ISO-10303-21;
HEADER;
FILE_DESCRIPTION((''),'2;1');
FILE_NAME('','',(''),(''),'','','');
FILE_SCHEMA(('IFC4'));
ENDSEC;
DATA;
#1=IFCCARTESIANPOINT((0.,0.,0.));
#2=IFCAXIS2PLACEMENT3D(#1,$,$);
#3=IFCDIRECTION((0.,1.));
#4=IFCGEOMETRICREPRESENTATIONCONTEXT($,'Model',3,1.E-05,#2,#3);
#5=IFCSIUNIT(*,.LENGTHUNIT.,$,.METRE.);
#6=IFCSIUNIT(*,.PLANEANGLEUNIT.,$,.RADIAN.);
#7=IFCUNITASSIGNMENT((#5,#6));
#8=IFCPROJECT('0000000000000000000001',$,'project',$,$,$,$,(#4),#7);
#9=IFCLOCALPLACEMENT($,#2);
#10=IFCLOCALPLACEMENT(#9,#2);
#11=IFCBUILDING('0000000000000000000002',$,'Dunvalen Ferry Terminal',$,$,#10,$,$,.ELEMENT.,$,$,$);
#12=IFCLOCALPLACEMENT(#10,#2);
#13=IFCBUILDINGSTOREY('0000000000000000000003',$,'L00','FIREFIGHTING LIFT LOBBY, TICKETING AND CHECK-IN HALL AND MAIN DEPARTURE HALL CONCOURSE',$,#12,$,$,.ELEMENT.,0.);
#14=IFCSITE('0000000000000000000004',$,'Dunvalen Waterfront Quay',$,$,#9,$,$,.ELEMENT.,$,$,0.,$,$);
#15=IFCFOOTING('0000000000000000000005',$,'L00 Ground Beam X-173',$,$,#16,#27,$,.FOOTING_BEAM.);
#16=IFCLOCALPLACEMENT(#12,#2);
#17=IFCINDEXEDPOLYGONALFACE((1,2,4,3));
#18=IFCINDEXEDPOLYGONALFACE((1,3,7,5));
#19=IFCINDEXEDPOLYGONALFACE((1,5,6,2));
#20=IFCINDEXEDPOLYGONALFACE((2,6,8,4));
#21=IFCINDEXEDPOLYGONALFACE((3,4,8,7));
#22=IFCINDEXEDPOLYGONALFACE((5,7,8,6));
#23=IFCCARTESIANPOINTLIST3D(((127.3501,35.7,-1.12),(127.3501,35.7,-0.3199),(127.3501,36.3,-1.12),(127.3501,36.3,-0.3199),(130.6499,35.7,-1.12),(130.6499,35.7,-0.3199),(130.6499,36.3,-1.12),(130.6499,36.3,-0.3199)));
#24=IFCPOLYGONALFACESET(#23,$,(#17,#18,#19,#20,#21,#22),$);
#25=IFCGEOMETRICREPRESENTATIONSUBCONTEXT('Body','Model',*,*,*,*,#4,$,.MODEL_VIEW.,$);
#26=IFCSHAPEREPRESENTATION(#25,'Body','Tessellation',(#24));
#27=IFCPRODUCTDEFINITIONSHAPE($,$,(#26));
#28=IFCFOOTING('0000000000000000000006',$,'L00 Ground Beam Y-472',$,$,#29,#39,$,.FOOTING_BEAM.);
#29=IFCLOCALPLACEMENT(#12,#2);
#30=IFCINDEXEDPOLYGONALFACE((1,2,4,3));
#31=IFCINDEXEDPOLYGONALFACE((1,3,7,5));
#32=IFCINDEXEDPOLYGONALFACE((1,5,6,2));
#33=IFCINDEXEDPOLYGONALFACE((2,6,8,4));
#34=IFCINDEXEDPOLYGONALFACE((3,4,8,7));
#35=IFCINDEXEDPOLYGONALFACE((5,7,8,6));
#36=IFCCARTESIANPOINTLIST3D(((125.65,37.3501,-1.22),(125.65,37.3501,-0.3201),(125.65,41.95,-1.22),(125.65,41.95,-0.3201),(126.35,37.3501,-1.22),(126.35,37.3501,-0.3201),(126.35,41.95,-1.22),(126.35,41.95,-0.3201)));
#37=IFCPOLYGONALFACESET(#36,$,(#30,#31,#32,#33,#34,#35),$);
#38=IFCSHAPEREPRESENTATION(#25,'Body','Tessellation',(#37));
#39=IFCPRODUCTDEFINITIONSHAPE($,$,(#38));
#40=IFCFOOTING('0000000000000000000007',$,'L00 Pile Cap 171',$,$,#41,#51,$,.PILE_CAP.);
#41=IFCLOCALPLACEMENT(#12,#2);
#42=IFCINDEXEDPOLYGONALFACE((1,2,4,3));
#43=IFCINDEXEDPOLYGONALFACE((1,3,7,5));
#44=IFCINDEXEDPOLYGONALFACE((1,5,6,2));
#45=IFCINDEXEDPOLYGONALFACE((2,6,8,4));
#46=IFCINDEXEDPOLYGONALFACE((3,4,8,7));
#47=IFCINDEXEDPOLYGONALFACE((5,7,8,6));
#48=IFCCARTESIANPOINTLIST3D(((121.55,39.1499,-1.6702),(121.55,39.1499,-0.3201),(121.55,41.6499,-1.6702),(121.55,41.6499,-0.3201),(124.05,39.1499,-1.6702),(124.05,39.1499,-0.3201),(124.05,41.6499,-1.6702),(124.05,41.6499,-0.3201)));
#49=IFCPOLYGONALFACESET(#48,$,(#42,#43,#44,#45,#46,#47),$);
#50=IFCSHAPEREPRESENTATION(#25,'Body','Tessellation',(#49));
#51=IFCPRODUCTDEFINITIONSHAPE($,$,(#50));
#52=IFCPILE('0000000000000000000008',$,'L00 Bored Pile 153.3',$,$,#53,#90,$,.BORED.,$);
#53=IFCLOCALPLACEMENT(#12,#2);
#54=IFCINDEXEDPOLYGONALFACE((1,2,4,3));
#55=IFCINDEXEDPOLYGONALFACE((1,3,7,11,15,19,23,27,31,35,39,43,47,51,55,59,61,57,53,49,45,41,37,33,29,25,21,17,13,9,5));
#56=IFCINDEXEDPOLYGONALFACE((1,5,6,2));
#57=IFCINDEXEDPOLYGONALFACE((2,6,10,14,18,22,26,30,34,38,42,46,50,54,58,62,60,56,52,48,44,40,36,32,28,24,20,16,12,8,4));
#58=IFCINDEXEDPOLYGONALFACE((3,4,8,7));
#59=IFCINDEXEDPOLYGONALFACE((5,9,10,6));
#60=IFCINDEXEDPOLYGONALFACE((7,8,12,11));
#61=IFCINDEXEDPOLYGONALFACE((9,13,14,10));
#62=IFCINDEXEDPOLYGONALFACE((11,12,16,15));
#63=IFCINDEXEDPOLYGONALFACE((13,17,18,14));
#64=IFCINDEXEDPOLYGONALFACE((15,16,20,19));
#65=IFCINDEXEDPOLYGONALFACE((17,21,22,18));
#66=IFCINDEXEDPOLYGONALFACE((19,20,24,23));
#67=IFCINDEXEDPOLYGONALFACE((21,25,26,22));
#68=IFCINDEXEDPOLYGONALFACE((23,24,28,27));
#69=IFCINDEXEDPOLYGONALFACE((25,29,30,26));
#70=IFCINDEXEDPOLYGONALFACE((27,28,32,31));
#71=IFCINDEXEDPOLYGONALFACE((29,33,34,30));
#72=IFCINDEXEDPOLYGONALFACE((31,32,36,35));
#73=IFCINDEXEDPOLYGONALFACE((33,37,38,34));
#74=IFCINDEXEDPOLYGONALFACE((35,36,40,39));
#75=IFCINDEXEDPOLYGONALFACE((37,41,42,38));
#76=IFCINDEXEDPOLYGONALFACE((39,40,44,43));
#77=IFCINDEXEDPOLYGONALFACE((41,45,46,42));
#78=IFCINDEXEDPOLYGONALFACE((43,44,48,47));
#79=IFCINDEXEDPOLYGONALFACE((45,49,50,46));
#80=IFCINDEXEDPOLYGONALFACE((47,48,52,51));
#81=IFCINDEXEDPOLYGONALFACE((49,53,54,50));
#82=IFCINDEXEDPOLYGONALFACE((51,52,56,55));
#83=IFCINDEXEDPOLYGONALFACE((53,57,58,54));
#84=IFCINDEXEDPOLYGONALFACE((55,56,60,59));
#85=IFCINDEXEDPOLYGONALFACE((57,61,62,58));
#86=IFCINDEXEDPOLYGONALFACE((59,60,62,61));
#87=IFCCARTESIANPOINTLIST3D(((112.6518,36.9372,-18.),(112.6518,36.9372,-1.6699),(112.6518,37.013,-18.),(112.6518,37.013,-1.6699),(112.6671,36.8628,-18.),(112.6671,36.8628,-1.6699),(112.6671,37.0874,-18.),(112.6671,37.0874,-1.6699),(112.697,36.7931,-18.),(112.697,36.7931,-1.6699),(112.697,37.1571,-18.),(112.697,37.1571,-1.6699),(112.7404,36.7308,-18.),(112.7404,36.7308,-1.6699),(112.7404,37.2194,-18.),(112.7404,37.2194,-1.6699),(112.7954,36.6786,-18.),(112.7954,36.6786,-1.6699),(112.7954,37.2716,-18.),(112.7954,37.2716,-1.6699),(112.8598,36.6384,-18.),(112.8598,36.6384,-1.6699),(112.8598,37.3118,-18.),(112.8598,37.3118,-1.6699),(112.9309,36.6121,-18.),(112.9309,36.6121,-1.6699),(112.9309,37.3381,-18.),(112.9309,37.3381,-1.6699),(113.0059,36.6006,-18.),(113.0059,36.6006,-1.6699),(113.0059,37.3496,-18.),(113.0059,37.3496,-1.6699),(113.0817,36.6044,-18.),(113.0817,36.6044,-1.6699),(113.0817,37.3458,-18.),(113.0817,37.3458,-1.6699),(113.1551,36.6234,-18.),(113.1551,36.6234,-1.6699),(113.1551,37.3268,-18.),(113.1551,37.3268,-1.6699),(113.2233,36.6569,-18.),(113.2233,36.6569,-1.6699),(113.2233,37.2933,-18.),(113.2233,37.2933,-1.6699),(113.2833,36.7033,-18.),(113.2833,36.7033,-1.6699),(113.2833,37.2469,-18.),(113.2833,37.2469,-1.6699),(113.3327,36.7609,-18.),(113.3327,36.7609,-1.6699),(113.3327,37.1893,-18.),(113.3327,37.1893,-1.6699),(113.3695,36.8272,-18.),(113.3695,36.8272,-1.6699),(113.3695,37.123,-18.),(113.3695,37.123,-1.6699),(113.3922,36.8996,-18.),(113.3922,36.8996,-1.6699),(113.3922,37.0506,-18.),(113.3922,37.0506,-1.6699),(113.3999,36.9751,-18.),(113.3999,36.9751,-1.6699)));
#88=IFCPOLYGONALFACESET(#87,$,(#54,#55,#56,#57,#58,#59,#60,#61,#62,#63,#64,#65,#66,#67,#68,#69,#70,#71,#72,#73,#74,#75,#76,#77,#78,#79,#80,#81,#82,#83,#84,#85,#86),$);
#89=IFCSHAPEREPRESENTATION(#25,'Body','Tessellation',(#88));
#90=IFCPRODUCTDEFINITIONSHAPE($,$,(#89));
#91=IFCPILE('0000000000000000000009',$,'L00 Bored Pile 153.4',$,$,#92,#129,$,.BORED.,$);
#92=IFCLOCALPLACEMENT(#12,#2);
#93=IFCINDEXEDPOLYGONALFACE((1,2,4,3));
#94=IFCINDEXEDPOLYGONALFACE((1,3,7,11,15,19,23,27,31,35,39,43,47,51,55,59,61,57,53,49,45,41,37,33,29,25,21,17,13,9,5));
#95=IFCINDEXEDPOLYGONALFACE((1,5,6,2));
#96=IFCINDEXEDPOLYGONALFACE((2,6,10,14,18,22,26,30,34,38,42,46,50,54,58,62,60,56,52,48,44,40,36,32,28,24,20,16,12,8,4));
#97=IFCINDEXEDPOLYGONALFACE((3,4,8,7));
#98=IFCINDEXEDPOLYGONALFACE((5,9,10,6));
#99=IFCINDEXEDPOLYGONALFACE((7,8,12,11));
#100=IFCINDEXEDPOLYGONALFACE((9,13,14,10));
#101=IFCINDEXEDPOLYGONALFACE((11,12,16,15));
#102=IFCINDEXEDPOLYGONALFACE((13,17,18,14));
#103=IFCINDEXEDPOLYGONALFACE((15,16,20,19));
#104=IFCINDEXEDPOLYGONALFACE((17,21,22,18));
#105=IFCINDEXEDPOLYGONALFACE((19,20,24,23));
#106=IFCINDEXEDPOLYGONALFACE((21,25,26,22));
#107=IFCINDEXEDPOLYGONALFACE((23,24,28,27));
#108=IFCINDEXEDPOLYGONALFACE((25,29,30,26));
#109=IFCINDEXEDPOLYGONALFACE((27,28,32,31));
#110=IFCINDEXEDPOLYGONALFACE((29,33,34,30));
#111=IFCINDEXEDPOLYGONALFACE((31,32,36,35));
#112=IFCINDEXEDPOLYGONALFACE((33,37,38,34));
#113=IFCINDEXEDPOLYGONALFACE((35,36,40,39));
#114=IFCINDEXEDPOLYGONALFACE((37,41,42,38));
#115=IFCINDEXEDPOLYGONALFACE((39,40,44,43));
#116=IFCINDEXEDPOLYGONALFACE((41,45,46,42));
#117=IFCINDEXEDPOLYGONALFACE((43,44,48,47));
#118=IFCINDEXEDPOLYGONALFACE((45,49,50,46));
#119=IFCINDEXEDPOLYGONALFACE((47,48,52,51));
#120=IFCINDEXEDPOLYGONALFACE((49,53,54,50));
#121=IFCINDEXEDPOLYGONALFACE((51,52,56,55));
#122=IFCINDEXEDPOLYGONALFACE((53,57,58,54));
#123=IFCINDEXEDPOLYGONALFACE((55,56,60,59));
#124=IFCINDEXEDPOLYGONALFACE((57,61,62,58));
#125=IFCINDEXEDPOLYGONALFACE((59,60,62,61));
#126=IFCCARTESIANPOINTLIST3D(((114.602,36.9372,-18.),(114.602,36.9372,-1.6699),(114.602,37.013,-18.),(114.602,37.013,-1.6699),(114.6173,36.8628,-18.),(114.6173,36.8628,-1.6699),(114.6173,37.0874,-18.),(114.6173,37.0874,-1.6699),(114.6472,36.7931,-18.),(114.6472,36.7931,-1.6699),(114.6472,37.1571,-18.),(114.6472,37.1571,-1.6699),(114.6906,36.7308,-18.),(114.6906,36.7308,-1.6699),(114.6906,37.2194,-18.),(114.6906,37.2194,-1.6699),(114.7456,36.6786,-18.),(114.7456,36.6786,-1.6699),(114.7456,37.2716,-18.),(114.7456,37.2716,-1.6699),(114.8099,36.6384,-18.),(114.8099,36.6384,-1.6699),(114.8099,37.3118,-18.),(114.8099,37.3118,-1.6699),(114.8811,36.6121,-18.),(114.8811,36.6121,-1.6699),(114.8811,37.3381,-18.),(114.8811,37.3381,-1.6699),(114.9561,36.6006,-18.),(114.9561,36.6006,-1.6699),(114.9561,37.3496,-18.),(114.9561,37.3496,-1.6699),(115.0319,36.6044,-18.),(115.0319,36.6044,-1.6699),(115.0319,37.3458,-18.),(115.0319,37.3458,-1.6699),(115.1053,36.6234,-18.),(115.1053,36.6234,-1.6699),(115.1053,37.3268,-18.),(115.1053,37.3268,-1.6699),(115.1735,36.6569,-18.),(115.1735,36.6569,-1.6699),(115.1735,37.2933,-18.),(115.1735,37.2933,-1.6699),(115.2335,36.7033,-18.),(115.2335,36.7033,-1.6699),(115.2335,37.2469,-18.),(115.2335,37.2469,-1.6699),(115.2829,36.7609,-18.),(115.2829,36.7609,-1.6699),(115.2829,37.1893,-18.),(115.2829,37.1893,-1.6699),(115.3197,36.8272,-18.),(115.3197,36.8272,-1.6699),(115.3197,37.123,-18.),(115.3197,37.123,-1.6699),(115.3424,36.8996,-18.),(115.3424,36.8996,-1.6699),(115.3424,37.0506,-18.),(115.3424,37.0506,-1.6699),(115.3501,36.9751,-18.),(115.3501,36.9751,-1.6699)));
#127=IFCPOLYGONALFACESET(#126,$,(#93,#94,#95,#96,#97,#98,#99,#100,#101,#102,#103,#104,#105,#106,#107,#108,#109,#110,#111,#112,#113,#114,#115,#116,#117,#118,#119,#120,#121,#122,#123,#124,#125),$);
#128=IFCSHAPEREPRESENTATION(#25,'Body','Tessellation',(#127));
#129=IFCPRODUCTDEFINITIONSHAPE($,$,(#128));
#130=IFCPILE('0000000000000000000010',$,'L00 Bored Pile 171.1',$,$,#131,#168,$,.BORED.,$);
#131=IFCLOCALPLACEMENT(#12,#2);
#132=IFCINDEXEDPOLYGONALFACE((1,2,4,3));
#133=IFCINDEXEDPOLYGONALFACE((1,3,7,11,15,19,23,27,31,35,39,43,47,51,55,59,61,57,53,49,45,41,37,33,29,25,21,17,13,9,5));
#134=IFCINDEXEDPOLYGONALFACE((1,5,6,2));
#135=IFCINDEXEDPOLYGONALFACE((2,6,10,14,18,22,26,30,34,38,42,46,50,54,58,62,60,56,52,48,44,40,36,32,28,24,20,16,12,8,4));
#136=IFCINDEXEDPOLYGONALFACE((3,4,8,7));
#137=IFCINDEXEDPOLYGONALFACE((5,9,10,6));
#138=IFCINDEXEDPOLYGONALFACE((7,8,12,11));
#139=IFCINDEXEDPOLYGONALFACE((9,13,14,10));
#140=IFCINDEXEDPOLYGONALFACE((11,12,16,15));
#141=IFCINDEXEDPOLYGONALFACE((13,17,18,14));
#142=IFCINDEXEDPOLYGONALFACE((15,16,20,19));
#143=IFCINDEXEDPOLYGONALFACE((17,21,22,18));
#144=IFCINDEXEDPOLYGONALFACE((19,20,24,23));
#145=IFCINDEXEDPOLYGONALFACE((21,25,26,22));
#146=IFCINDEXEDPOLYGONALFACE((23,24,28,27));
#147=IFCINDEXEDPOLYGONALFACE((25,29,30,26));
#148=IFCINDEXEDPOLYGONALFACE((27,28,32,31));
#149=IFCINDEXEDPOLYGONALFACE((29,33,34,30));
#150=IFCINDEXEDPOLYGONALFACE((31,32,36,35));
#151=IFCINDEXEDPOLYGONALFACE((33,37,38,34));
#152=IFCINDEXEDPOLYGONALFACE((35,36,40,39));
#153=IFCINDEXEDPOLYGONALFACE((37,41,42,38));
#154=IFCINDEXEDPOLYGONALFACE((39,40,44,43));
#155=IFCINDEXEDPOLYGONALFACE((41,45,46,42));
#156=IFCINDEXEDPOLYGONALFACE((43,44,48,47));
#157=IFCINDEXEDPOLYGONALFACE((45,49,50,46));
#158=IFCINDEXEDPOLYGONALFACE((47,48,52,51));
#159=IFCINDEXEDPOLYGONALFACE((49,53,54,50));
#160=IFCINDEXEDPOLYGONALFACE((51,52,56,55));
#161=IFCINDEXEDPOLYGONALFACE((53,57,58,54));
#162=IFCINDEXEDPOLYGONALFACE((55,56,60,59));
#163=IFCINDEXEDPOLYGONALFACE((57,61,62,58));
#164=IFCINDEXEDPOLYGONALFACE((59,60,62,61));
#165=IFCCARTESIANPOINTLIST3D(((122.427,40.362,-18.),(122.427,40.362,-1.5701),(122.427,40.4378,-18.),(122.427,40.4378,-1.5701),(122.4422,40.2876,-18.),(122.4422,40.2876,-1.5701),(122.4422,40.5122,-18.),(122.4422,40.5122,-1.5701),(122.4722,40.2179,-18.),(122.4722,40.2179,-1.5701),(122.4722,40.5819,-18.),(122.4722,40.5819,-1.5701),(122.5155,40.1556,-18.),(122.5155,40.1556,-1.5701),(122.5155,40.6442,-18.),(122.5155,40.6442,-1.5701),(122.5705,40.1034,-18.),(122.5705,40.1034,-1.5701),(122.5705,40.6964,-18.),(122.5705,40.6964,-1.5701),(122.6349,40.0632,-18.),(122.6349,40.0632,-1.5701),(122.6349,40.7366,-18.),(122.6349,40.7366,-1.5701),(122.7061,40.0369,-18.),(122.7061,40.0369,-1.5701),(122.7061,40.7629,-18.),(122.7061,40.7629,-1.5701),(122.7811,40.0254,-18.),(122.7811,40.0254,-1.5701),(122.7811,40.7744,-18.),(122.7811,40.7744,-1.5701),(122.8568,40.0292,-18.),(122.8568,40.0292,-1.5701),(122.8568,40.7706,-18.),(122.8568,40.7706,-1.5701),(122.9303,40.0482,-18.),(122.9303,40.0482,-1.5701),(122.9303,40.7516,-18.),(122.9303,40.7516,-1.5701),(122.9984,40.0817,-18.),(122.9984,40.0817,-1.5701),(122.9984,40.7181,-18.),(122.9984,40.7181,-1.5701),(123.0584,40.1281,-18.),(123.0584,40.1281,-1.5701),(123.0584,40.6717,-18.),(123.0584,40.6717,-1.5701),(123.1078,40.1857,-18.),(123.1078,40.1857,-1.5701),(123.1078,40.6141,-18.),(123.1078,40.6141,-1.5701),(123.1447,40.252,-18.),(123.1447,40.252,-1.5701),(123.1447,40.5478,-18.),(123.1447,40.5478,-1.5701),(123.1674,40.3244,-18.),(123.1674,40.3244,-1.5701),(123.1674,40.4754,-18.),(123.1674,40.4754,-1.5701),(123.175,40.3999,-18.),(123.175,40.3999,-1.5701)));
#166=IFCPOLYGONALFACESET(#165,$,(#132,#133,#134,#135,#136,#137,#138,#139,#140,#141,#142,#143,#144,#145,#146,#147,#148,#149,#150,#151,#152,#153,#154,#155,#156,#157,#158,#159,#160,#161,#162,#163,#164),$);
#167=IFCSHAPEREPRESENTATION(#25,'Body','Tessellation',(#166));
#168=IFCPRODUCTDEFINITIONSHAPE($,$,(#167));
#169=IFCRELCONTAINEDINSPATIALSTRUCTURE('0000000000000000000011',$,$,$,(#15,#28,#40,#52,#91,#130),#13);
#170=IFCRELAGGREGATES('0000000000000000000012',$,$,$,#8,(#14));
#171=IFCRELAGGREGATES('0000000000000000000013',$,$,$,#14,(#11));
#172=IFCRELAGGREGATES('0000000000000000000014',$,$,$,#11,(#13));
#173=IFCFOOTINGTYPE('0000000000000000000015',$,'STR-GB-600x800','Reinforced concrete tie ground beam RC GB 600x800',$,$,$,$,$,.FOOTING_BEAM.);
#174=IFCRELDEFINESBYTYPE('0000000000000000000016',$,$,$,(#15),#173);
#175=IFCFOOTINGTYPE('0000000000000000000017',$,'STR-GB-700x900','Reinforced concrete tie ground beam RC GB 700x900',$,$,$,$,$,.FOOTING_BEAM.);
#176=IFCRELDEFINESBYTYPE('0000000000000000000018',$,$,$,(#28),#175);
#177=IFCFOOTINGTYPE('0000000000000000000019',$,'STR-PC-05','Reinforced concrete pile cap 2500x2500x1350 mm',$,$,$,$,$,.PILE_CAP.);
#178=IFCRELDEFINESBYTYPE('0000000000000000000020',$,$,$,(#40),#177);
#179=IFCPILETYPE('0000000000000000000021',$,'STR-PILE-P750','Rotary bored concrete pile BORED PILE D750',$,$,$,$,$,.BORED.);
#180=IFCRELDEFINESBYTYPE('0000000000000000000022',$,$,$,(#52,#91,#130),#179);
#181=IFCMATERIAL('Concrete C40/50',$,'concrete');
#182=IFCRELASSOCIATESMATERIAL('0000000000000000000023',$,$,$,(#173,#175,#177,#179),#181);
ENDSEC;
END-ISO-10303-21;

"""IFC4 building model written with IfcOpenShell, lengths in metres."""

from ifc_helpers import new_model, si_unit, direction, frame, origin, origin_2d, place, context, subcontext, project, spatial, rectangle, circle, extrude, material, material_profile, profile_set, type_object, element, save


model = new_model("IFC4")

# Units and contexts
model_context = context("Model", 3, precision=1e-05, world=origin(), true_north=direction((0.0, 1.0)))
body_context = subcontext(model_context, "Body", "Model", "MODEL_VIEW")
ifc_project = project(units=[si_unit("LENGTHUNIT", "METRE"), si_unit("PLANEANGLEUNIT", "RADIAN")], contexts=[model_context])

# Site, building, storey
site_placement = place(None, origin())
site = spatial("IfcSite", under=ifc_project, at=site_placement, Name="Dunvalen Waterfront Quay", CompositionType="ELEMENT", RefElevation=0.0)
building_placement = place(site_placement, origin())
building = spatial("IfcBuilding", under=site, at=building_placement, Name="Dunvalen Ferry Terminal", CompositionType="ELEMENT")
storey_placement = place(building_placement, origin())
storey = spatial("IfcBuildingStorey", under=building, at=storey_placement, Name="L00", Description="FIREFIGHTING LIFT LOBBY, TICKETING AND CHECK-IN HALL AND MAIN DEPARTURE HALL CONCOURSE", CompositionType="ELEMENT", Elevation=0.0)

# Footings
ifc_material_1 = material(Name="Concrete C40/50", Category="concrete")
ifc_material_profile_1 = material_profile(ifc_material_1, rectangle(XDim=0.6001, YDim=0.8, at=origin_2d()), Name="Concrete C40/50")
ifc_profile_set_1 = profile_set([ifc_material_profile_1], Name="Concrete C40/50")
footing_type_1 = type_object("IfcFootingType", Name="STR-GB-600x800", Description="Reinforced concrete tie ground beam RC GB 600x800", PredefinedType="FOOTING_BEAM", material=ifc_profile_set_1)
footing_1_placement = place(storey_placement, frame((127.3501, 36.0, -0.72), z_axis=(1.0, 0.0, 0.0), x_axis=(0.0, 1.0, 0.0)))
element("IfcFooting", 1, at=footing_1_placement, inside=storey, type_object=footing_type_1, Name="L00 Ground Beam X-173", PredefinedType="FOOTING_BEAM", context=body_context, shape_type="SweptSolid", body=[
    extrude(rectangle(XDim=0.6001, YDim=0.8, at=origin_2d()), origin(), (0.0, 0.0, 1.0), 3.2998),
])
ifc_material_profile_2 = material_profile(ifc_material_1, rectangle(XDim=0.7, YDim=0.8999, at=origin_2d()), Name="Concrete C40/50")
ifc_profile_set_2 = profile_set([ifc_material_profile_2], Name="Concrete C40/50")
footing_type_2 = type_object("IfcFootingType", Name="STR-GB-700x900", Description="Reinforced concrete tie ground beam RC GB 700x900", PredefinedType="FOOTING_BEAM", material=ifc_profile_set_2)
footing_2_placement = place(storey_placement, frame((126.0, 37.3501, -0.77), z_axis=(0.0, 1.0, 0.0), x_axis=(-1.0, 0.0, 0.0)))
element("IfcFooting", 2, at=footing_2_placement, inside=storey, type_object=footing_type_2, Name="L00 Ground Beam Y-472", PredefinedType="FOOTING_BEAM", context=body_context, shape_type="SweptSolid", body=[
    extrude(rectangle(XDim=0.7, YDim=0.8999, at=origin_2d()), origin(), (0.0, 0.0, 1.0), 4.5999),
])
footing_type_3 = type_object("IfcFootingType", Name="STR-PC-05", Description="Reinforced concrete pile cap 2500x2500x1350 mm", PredefinedType="PILE_CAP", material=ifc_material_1)
footing_3_placement = place(storey_placement, frame((122.8, 40.3999, -1.6702), z_axis=(0.0, 0.0, 1.0), x_axis=(1.0, 0.0, 0.0)))
element("IfcFooting", 3, at=footing_3_placement, inside=storey, type_object=footing_type_3, Name="L00 Pile Cap 171", PredefinedType="PILE_CAP", context=body_context, shape_type="SweptSolid", body=[
    extrude(rectangle(XDim=2.5, YDim=2.5, at=origin_2d()), origin(), (0.0, 0.0, 1.0), 1.3501),
])

# Piles
ifc_material_profile_3 = material_profile(ifc_material_1, circle(Radius=0.375, at=origin_2d()), Name="Concrete C40/50")
ifc_profile_set_3 = profile_set([ifc_material_profile_3], Name="Concrete C40/50")
pile_type_1 = type_object("IfcPileType", Name="STR-PILE-P750", Description="Rotary bored concrete pile BORED PILE D750", PredefinedType="BORED", material=ifc_profile_set_3)
for number, where, z_axis, x_axis, name in (
    (4, (113.0249, 36.9751, -1.6699), (0.0, 0.0, -1.0), (1.0, 0.0, 0.0), "L00 Bored Pile 153.3"),
    (5, (114.9751, 36.9751, -1.6699), (0.0, 0.0, -1.0), (1.0, 0.0, 0.0), "L00 Bored Pile 153.4"),
):
    element("IfcPile", number, at=place(storey_placement, frame(where, z_axis=z_axis, x_axis=x_axis)), inside=storey, type_object=pile_type_1, Name=name, PredefinedType="BORED", context=body_context, shape_type="SweptSolid", body=[
        extrude(circle(Radius=0.375, at=origin_2d()), origin(), (0.0, 0.0, 1.0), 16.3301),
    ])
pile_1_placement = place(storey_placement, frame((122.8, 40.3999, -1.5701), z_axis=(0.0, 0.0, -1.0), x_axis=(1.0, 0.0, 0.0)))
element("IfcPile", 6, at=pile_1_placement, inside=storey, type_object=pile_type_1, Name="L00 Bored Pile 171.1", PredefinedType="BORED", context=body_context, shape_type="SweptSolid", body=[
    extrude(circle(Radius=0.375, at=origin_2d()), origin(), (0.0, 0.0, 1.0), 16.4299),
])

save(model, "model.ifc")
